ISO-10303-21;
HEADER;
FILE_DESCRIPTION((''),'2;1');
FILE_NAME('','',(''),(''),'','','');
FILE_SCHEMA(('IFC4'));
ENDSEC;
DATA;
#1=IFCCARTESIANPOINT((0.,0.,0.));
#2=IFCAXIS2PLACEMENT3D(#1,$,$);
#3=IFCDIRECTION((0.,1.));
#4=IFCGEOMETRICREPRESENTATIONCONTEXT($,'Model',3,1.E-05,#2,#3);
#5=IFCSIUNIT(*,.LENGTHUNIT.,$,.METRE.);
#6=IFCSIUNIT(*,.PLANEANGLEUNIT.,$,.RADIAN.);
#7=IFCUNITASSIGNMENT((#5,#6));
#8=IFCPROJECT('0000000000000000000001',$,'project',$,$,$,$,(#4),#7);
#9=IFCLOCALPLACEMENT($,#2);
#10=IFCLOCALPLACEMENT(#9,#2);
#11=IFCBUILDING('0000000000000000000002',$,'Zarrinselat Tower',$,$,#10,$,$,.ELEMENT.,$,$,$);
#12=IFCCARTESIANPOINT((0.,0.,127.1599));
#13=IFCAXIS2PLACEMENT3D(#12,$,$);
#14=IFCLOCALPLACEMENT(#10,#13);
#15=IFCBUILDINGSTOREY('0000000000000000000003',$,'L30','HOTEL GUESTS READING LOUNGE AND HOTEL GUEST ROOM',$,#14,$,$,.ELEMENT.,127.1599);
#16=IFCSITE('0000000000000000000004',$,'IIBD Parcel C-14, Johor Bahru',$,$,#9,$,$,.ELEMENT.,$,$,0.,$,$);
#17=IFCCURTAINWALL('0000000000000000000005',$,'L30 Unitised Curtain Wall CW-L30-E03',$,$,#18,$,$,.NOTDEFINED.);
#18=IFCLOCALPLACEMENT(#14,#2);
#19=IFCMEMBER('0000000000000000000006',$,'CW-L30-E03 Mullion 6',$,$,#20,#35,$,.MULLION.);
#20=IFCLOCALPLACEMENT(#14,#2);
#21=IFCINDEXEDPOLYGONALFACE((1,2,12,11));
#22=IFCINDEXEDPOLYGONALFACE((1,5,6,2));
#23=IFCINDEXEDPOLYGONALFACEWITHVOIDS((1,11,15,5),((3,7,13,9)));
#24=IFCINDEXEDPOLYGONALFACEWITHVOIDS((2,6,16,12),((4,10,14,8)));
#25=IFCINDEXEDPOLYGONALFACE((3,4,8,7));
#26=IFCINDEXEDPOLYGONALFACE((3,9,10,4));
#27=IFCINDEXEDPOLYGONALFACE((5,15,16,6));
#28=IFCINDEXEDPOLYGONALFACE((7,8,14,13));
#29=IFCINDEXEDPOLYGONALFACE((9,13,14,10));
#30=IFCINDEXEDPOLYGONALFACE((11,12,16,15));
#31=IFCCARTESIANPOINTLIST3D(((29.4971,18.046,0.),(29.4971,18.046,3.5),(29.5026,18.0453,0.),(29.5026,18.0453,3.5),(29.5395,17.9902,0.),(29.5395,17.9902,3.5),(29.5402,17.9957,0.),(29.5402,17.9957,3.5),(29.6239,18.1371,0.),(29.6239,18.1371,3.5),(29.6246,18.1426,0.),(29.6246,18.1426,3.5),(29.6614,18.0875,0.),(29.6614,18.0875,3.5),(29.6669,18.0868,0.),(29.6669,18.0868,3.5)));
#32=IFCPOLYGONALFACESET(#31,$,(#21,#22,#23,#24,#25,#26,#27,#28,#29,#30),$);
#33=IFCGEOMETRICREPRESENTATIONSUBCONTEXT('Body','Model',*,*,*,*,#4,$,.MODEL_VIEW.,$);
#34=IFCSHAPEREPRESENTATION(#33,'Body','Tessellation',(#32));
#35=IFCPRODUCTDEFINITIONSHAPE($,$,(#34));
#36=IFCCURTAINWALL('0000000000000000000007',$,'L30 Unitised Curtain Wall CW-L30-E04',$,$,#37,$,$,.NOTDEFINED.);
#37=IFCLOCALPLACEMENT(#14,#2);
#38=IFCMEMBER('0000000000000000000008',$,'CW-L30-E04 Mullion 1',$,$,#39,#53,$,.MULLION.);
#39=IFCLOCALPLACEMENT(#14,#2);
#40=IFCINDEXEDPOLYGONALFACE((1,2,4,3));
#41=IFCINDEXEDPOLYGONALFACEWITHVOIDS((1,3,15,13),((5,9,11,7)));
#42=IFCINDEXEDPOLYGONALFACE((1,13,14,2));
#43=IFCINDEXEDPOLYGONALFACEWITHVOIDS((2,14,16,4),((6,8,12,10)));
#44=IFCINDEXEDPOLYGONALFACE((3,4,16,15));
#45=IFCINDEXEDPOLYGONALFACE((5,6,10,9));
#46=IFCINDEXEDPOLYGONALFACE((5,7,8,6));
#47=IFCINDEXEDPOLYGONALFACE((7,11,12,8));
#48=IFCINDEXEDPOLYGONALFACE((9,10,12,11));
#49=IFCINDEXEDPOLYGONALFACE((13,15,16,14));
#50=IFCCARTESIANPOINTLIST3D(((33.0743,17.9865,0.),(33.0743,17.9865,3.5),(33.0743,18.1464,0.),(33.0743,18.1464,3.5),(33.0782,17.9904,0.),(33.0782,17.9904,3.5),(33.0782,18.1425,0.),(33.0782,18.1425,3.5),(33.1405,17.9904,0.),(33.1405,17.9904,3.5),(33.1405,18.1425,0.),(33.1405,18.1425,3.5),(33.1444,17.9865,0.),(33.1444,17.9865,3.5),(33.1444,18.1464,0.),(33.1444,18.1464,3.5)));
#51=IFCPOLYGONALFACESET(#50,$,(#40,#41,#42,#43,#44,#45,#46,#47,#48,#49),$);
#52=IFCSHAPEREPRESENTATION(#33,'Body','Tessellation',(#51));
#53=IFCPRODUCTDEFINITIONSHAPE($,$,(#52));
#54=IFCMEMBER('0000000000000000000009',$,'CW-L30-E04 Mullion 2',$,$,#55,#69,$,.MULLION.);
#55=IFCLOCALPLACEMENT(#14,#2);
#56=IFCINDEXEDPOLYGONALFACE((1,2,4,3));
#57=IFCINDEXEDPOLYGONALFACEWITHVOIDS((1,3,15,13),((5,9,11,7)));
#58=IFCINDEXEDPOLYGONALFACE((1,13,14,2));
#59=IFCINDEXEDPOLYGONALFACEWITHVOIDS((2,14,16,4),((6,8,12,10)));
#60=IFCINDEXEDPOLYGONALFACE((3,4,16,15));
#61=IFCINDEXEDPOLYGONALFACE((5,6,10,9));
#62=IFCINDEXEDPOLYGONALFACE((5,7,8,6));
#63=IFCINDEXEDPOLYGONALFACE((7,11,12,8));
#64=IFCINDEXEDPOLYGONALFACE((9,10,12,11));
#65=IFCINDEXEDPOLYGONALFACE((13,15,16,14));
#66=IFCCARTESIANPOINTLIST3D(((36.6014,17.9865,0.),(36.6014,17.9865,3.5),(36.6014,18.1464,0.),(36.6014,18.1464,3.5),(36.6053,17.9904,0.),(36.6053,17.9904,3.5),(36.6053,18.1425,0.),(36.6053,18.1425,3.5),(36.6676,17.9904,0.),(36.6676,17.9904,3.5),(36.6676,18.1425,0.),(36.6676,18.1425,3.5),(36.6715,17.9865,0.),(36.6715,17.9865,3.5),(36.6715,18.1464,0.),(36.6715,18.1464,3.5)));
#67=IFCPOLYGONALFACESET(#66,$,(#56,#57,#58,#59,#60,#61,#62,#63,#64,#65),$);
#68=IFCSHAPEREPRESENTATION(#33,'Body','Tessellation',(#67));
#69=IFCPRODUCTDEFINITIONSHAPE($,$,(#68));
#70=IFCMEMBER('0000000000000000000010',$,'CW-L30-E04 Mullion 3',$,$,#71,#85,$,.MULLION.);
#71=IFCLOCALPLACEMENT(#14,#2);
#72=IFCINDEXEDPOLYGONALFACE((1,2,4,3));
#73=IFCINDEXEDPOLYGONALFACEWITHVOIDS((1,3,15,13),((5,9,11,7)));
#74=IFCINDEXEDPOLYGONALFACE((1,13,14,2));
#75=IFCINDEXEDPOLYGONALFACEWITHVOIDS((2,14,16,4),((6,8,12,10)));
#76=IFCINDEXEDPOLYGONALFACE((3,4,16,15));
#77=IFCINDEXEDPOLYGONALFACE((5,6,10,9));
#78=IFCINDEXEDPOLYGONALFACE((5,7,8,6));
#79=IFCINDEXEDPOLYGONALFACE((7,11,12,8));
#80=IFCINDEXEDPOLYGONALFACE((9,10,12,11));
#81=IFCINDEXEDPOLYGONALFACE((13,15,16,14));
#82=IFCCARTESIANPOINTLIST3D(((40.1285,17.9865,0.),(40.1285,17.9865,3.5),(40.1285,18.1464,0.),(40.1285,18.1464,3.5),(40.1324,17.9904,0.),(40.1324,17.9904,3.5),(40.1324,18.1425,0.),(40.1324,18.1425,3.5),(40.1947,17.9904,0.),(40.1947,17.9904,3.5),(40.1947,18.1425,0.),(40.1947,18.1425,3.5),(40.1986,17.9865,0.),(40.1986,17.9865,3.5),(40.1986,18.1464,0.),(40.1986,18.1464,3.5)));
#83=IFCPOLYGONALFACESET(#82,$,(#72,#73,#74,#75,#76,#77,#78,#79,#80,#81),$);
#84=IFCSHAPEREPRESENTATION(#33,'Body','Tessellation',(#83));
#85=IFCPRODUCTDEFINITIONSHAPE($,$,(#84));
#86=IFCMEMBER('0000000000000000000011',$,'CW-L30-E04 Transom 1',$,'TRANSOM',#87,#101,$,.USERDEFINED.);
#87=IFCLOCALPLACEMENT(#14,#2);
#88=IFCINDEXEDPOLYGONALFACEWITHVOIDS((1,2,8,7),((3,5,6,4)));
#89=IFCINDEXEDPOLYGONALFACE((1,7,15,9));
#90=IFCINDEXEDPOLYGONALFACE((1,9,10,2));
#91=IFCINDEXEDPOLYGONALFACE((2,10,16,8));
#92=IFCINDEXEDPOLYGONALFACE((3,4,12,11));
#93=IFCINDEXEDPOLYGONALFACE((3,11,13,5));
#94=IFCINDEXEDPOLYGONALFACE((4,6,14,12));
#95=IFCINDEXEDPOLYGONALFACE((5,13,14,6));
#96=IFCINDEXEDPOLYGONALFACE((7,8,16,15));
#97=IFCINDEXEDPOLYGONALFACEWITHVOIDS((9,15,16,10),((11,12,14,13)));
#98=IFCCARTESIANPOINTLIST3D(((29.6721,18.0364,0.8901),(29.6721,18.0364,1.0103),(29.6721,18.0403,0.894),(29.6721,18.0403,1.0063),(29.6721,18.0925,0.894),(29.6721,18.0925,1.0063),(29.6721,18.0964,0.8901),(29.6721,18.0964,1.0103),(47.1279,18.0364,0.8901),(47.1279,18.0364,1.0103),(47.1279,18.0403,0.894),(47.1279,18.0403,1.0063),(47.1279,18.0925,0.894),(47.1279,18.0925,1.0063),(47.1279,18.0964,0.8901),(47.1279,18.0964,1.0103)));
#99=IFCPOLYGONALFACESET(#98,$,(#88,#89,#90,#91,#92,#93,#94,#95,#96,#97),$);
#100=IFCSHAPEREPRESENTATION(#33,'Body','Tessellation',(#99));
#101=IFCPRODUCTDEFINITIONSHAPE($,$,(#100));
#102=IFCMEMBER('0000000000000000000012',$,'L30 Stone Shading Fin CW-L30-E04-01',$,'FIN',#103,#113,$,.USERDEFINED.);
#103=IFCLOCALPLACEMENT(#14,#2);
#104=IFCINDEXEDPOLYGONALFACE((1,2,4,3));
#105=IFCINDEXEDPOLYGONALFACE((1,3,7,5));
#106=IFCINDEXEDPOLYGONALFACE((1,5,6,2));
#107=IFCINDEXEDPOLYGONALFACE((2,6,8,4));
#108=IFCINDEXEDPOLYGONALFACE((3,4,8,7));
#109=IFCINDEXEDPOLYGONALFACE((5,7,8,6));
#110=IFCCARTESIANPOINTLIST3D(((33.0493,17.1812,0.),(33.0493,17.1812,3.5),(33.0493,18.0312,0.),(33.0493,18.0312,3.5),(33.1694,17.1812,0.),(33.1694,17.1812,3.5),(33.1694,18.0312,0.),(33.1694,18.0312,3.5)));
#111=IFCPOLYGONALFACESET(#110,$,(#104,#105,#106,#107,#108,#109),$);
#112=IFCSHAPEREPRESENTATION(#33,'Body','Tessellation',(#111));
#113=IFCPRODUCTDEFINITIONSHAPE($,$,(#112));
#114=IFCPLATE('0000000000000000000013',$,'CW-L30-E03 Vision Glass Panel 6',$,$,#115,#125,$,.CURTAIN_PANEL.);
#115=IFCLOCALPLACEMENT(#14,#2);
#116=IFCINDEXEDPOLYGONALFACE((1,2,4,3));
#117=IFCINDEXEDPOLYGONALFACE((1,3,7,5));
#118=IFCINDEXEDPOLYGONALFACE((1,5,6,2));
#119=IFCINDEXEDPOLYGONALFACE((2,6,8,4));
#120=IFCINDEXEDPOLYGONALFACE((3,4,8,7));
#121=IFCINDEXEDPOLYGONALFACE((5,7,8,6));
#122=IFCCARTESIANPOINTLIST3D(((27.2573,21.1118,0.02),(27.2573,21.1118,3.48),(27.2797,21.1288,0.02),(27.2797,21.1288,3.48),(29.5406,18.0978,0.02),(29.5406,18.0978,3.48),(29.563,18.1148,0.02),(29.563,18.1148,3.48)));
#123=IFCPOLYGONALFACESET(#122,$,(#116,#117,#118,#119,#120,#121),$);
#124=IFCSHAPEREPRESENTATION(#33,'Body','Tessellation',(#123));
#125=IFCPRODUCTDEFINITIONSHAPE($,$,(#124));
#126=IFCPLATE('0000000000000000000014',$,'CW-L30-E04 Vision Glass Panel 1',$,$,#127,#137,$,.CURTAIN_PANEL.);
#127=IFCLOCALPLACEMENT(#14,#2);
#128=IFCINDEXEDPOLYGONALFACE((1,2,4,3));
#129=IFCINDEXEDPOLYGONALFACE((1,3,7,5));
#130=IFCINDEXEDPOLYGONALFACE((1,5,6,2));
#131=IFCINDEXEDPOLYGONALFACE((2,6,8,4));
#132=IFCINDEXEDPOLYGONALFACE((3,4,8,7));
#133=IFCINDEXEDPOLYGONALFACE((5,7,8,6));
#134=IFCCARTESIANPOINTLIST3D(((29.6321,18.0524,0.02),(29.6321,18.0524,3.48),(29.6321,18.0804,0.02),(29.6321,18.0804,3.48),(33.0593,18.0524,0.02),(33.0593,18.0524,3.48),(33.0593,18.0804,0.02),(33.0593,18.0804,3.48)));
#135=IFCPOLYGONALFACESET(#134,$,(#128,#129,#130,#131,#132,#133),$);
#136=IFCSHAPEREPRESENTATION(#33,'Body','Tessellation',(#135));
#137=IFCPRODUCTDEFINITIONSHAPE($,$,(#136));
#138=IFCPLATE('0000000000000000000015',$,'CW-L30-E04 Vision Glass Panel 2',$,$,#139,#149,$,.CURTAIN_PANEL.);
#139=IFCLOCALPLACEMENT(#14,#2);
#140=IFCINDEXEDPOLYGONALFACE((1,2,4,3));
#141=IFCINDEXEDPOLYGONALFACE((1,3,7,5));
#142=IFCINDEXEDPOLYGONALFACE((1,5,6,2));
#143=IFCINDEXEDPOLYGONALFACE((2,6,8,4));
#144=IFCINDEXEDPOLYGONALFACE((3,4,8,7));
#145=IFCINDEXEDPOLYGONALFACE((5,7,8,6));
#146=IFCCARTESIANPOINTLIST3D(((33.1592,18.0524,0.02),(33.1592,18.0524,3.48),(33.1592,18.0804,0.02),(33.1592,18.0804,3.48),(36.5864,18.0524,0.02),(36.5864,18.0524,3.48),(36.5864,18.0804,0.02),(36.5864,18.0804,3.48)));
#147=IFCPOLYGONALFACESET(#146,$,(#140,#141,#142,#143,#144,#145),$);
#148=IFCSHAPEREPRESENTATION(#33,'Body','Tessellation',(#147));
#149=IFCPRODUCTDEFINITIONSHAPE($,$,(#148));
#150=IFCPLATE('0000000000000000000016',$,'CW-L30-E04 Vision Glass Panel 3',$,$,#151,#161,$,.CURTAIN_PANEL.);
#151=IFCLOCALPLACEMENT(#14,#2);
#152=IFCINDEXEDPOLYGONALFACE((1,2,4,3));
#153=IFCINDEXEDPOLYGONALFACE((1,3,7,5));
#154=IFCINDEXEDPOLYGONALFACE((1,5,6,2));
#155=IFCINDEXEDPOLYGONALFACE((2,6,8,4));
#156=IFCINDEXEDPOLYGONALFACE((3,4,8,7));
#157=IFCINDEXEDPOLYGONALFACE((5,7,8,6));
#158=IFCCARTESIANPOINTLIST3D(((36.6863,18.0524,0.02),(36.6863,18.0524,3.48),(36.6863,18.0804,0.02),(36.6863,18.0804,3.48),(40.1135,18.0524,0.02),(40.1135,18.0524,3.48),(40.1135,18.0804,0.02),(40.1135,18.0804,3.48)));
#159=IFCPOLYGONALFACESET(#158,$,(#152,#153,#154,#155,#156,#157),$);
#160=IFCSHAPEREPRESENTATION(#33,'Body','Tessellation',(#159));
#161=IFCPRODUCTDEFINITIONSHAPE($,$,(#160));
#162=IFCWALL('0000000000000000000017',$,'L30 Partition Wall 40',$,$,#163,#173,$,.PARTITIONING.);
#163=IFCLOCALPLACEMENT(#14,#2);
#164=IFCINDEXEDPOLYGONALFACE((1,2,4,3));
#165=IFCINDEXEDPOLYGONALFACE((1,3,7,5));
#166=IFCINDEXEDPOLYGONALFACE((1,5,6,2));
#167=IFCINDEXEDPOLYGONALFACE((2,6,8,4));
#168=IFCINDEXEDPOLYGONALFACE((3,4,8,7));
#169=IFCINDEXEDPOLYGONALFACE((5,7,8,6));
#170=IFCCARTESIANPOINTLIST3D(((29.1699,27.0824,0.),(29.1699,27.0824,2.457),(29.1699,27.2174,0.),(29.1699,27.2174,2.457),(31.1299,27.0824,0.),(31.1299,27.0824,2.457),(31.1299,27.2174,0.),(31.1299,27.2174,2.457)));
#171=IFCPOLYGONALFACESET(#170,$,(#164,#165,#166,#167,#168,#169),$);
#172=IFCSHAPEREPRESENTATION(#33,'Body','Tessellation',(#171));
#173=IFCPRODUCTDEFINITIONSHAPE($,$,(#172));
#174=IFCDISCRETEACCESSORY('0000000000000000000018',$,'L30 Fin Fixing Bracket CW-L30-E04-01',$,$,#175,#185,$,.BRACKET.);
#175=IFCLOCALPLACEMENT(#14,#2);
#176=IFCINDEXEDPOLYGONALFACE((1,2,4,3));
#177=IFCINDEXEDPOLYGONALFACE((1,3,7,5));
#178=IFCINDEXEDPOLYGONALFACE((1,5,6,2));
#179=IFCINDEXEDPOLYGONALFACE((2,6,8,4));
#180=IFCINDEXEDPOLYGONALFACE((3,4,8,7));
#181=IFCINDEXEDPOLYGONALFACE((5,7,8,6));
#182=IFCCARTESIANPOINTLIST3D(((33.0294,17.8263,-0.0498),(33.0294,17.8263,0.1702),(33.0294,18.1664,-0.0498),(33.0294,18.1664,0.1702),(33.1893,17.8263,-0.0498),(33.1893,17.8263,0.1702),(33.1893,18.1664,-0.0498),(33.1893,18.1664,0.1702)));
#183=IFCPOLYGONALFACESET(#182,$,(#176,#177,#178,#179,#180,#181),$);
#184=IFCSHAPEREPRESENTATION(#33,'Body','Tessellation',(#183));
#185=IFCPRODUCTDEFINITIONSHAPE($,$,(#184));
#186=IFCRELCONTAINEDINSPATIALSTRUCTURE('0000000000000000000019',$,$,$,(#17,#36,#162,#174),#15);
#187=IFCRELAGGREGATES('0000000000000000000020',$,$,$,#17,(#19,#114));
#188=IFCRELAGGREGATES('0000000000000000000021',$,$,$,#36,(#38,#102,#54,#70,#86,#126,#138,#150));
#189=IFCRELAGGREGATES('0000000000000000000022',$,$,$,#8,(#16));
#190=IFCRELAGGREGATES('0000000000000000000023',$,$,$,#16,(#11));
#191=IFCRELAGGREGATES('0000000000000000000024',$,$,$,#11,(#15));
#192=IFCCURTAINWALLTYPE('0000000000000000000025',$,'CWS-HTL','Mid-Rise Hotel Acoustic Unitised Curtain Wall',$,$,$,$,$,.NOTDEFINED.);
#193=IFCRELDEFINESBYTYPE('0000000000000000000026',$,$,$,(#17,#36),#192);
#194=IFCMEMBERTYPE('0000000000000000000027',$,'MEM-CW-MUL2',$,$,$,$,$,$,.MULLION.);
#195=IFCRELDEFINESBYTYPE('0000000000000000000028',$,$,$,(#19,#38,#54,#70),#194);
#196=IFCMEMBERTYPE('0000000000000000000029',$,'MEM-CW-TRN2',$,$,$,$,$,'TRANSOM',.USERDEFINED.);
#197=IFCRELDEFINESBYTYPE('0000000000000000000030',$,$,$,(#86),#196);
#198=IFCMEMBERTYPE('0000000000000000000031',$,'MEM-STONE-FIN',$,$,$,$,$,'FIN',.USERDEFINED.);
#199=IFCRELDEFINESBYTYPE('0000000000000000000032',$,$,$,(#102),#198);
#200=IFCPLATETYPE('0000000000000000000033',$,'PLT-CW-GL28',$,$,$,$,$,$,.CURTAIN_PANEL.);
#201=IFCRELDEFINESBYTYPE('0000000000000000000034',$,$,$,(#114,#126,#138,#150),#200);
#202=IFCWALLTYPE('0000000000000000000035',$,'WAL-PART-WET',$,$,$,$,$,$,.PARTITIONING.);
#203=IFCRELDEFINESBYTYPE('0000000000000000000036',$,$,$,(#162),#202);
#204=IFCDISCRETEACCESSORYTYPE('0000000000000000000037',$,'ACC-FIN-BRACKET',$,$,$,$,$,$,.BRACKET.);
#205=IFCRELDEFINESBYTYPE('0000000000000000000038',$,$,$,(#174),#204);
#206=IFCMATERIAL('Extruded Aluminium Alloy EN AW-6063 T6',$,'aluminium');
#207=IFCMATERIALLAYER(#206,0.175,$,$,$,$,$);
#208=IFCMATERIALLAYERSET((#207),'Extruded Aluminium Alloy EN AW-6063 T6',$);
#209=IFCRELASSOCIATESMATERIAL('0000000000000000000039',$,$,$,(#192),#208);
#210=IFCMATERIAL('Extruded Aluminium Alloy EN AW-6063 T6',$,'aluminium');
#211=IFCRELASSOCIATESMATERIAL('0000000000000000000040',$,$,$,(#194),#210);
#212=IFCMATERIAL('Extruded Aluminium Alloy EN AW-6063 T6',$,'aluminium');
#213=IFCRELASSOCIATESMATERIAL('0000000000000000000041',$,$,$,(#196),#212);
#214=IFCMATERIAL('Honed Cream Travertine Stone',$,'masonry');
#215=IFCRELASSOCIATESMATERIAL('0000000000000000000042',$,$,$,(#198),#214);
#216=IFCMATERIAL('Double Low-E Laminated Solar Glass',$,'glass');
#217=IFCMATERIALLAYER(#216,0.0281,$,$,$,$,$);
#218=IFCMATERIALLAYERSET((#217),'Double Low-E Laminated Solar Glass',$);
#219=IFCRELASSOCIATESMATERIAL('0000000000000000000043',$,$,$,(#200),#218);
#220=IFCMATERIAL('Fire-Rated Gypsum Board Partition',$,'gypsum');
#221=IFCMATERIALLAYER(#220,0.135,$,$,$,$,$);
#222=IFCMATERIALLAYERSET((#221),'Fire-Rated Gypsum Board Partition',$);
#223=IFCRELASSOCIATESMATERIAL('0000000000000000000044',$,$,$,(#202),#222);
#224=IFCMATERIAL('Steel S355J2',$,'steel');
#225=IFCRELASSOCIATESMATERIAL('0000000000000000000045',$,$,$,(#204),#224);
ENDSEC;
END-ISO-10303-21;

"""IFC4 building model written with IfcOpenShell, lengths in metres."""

from ifc_helpers import new_model, si_unit, direction, frame, frame_2d, origin, origin_2d, place, context, subcontext, project, spatial, rectangle, hollow_rectangle, extrude, material, layer, layer_set, material_profile, profile_set, type_object, element, aggregate, save


model = new_model("IFC4")

# Units and contexts
model_context = context("Model", 3, precision=1e-05, world=origin(), true_north=direction((0.0, 1.0)))
body_context = subcontext(model_context, "Body", "Model", "MODEL_VIEW")
ifc_project = project(units=[si_unit("LENGTHUNIT", "METRE"), si_unit("PLANEANGLEUNIT", "RADIAN")], contexts=[model_context])

# Site, building, storey
site_placement = place(None, origin())
site = spatial("IfcSite", under=ifc_project, at=site_placement, Name="IIBD Parcel C-14, Johor Bahru", CompositionType="ELEMENT", RefElevation=0.0)
building_placement = place(site_placement, origin())
building = spatial("IfcBuilding", under=site, at=building_placement, Name="Zarrinselat Tower", CompositionType="ELEMENT")
storey_placement = place(building_placement, frame((0.0, 0.0, 127.1599)))
storey = spatial("IfcBuildingStorey", under=building, at=storey_placement, Name="L30", Description="HOTEL GUESTS READING LOUNGE AND HOTEL GUEST ROOM", CompositionType="ELEMENT", Elevation=127.1599)

# Curtain wall, member
ifc_material_1 = material(Name="Extruded Aluminium Alloy EN AW-6063 T6", Category="aluminium")
ifc_layer_1 = layer(ifc_material_1, 0.175)
ifc_layer_set_1 = layer_set([ifc_layer_1], Name="Extruded Aluminium Alloy EN AW-6063 T6")
curtain_wall_type = type_object("IfcCurtainWallType", Name="CWS-HTL", Description="Mid-Rise Hotel Acoustic Unitised Curtain Wall", PredefinedType="NOTDEFINED", material=ifc_layer_set_1)
curtain_wall_1_placement = place(storey_placement, origin())
curtain_wall_1 = element("IfcCurtainWall", 1, at=curtain_wall_1_placement, inside=storey, type_object=curtain_wall_type, Name="L30 Unitised Curtain Wall CW-L30-E03", PredefinedType="NOTDEFINED")
ifc_material_2 = material(Name="Extruded Aluminium Alloy EN AW-6063 T6", Category="aluminium")
ifc_material_profile_1 = material_profile(ifc_material_2, hollow_rectangle(XDim=0.0701, YDim=0.1599, WallThickness=0.0039, at=origin_2d()), Name="RHS 160x70x4")
ifc_profile_set_1 = profile_set([ifc_material_profile_1], Name="Extruded Aluminium Alloy EN AW-6063 T6")
member_type_1 = type_object("IfcMemberType", Name="MEM-CW-MUL2", PredefinedType="MULLION", material=ifc_profile_set_1)
member_1_placement = place(storey_placement, frame((29.582, 18.0664, 0.0), z_axis=(0.0, 0.0, 1.0), x_axis=(0.603858, -0.797092, 0.0)))
member_1 = element("IfcMember", 2, at=member_1_placement, type_object=member_type_1, Name="CW-L30-E03 Mullion 6", PredefinedType="MULLION", context=body_context, shape_type="SweptSolid", body=[
    extrude(hollow_rectangle(XDim=0.0701, YDim=0.1599, WallThickness=0.0039, at=origin_2d()), origin(), (0.0, 0.0, 1.0), 3.5),
])

# Curtain wall, members
curtain_wall_2_placement = place(storey_placement, origin())
curtain_wall_2 = element("IfcCurtainWall", 3, at=curtain_wall_2_placement, inside=storey, type_object=curtain_wall_type, Name="L30 Unitised Curtain Wall CW-L30-E04", PredefinedType="NOTDEFINED")
member_2_placement = place(storey_placement, frame((33.1094, 18.0664, 0.0), z_axis=(0.0, 0.0, 1.0), x_axis=(1.0, 0.0, 0.0)))
member_2 = element("IfcMember", 4, at=member_2_placement, type_object=member_type_1, Name="CW-L30-E04 Mullion 1", PredefinedType="MULLION", context=body_context, shape_type="SweptSolid", body=[
    extrude(hollow_rectangle(XDim=0.0701, YDim=0.1599, WallThickness=0.0039, at=origin_2d()), origin(), (0.0, 0.0, 1.0), 3.5),
])
member_3_placement = place(storey_placement, frame((36.6365, 18.0664, 0.0), z_axis=(0.0, 0.0, 1.0), x_axis=(1.0, 0.0, 0.0)))
member_3 = element("IfcMember", 5, at=member_3_placement, type_object=member_type_1, Name="CW-L30-E04 Mullion 2", PredefinedType="MULLION", context=body_context, shape_type="SweptSolid", body=[
    extrude(hollow_rectangle(XDim=0.0701, YDim=0.1599, WallThickness=0.0039, at=origin_2d()), origin(), (0.0, 0.0, 1.0), 3.5),
])
member_4_placement = place(storey_placement, frame((40.1636, 18.0664, 0.0), z_axis=(0.0, 0.0, 1.0), x_axis=(1.0, 0.0, 0.0)))
member_4 = element("IfcMember", 6, at=member_4_placement, type_object=member_type_1, Name="CW-L30-E04 Mullion 3", PredefinedType="MULLION", context=body_context, shape_type="SweptSolid", body=[
    extrude(hollow_rectangle(XDim=0.0701, YDim=0.1599, WallThickness=0.0039, at=origin_2d()), origin(), (0.0, 0.0, 1.0), 3.5),
])
ifc_material_3 = material(Name="Extruded Aluminium Alloy EN AW-6063 T6", Category="aluminium")
ifc_material_profile_2 = material_profile(ifc_material_3, hollow_rectangle(XDim=0.0601, YDim=0.1201, WallThickness=0.0039, at=origin_2d()), Name="RHS 120x60x4")
ifc_profile_set_2 = profile_set([ifc_material_profile_2], Name="Extruded Aluminium Alloy EN AW-6063 T6")
member_type_2 = type_object("IfcMemberType", Name="MEM-CW-TRN2", ElementType="TRANSOM", PredefinedType="USERDEFINED", material=ifc_profile_set_2)
member_5_placement = place(storey_placement, frame((29.6721, 18.0664, 0.9502), z_axis=(1.0, 0.0, 0.0), x_axis=(0.0, 1.0, 0.0)))
member_5 = element("IfcMember", 7, at=member_5_placement, type_object=member_type_2, Name="CW-L30-E04 Transom 1", ObjectType="TRANSOM", PredefinedType="USERDEFINED", context=body_context, shape_type="SweptSolid", body=[
    extrude(hollow_rectangle(XDim=0.0601, YDim=0.1201, WallThickness=0.0039, at=origin_2d()), origin(), (0.0, 0.0, 1.0), 17.4558),
])
ifc_material_4 = material(Name="Honed Cream Travertine Stone", Category="masonry")
ifc_material_profile_3 = material_profile(ifc_material_4, rectangle(XDim=0.1201, YDim=0.8501, at=origin_2d()), Name="FIN 850x120")
ifc_profile_set_3 = profile_set([ifc_material_profile_3], Name="Honed Cream Travertine Stone")
member_type_3 = type_object("IfcMemberType", Name="MEM-STONE-FIN", ElementType="FIN", PredefinedType="USERDEFINED", material=ifc_profile_set_3)
member_6_placement = place(storey_placement, frame((33.1094, 17.6062, 0.0), z_axis=(0.0, 0.0, 1.0), x_axis=(-1.0, 0.0, 0.0)))
member_6 = element("IfcMember", 8, at=member_6_placement, type_object=member_type_3, Name="L30 Stone Shading Fin CW-L30-E04-01", ObjectType="FIN", PredefinedType="USERDEFINED", context=body_context, shape_type="SweptSolid", body=[
    extrude(rectangle(XDim=0.1201, YDim=0.8501, at=origin_2d()), origin(), (0.0, 0.0, 1.0), 3.5),
])

# Plates
ifc_material_5 = material(Name="Double Low-E Laminated Solar Glass", Category="glass")
ifc_layer_2 = layer(ifc_material_5, 0.0281)
ifc_layer_set_2 = layer_set([ifc_layer_2], Name="Double Low-E Laminated Solar Glass")
plate_type = type_object("IfcPlateType", Name="PLT-CW-GL28", PredefinedType="CURTAIN_PANEL", material=ifc_layer_set_2)
plate_1_placement = place(storey_placement, frame((28.4102, 19.6133, 0.02), z_axis=(0.0, 0.0, 1.0), x_axis=(0.603858, -0.797092, 0.0)))
plate_1 = element("IfcPlate", 9, at=plate_1_placement, type_object=plate_type, Name="CW-L30-E03 Vision Glass Panel 6", PredefinedType="CURTAIN_PANEL", context=body_context, shape_type="SweptSolid", body=[
    extrude(rectangle(XDim=3.7812, YDim=0.0281, at=origin_2d()), origin(), (0.0, 0.0, 1.0), 3.46),
])
aggregate(curtain_wall_1, [member_1, plate_1])
plate_2_placement = place(storey_placement, frame((31.3457, 18.0664, 0.02), z_axis=(0.0, 0.0, 1.0), x_axis=(1.0, 0.0, 0.0)))
plate_2 = element("IfcPlate", 10, at=plate_2_placement, type_object=plate_type, Name="CW-L30-E04 Vision Glass Panel 1", PredefinedType="CURTAIN_PANEL", context=body_context, shape_type="SweptSolid", body=[
    extrude(rectangle(XDim=3.4272, YDim=0.0281, at=origin_2d()), origin(), (0.0, 0.0, 1.0), 3.46),
])
plate_3_placement = place(storey_placement, frame((34.8728, 18.0664, 0.02), z_axis=(0.0, 0.0, 1.0), x_axis=(1.0, 0.0, 0.0)))
plate_3 = element("IfcPlate", 11, at=plate_3_placement, type_object=plate_type, Name="CW-L30-E04 Vision Glass Panel 2", PredefinedType="CURTAIN_PANEL", context=body_context, shape_type="SweptSolid", body=[
    extrude(rectangle(XDim=3.4272, YDim=0.0281, at=origin_2d()), origin(), (0.0, 0.0, 1.0), 3.46),
])
plate_4_placement = place(storey_placement, frame((38.3999, 18.0664, 0.02), z_axis=(0.0, 0.0, 1.0), x_axis=(1.0, 0.0, 0.0)))
plate_4 = element("IfcPlate", 12, at=plate_4_placement, type_object=plate_type, Name="CW-L30-E04 Vision Glass Panel 3", PredefinedType="CURTAIN_PANEL", context=body_context, shape_type="SweptSolid", body=[
    extrude(rectangle(XDim=3.4272, YDim=0.0281, at=origin_2d()), origin(), (0.0, 0.0, 1.0), 3.46),
])
aggregate(curtain_wall_2, [member_2, member_6, member_3, member_4, member_5, plate_2, plate_3, plate_4])

# Wall
ifc_material_6 = material(Name="Fire-Rated Gypsum Board Partition", Category="gypsum")
ifc_layer_3 = layer(ifc_material_6, 0.135)
ifc_layer_set_3 = layer_set([ifc_layer_3], Name="Fire-Rated Gypsum Board Partition")
wall_type = type_object("IfcWallType", Name="WAL-PART-WET", PredefinedType="PARTITIONING", material=ifc_layer_set_3)
wall_placement = place(storey_placement, frame((29.1699, 27.1499, 0.0), z_axis=(0.0, 0.0, 1.0), x_axis=(1.0, 0.0, 0.0)))
element("IfcWall", 13, at=wall_placement, inside=storey, type_object=wall_type, Name="L30 Partition Wall 40", PredefinedType="PARTITIONING", context=body_context, shape_type="SweptSolid", body=[
    extrude(rectangle(XDim=1.96, YDim=0.135, at=frame_2d((0.98, 0.0))), origin(), (0.0, 0.0, 1.0), 2.457),
])

# Discrete accessory
ifc_material_7 = material(Name="Steel S355J2", Category="steel")
discrete_accessory_type = type_object("IfcDiscreteAccessoryType", Name="ACC-FIN-BRACKET", PredefinedType="BRACKET", material=ifc_material_7)
discrete_accessory_placement = place(storey_placement, frame((33.1094, 17.9963, -0.0498), z_axis=(0.0, 0.0, 1.0), x_axis=(0.0, -1.0, 0.0)))
element("IfcDiscreteAccessory", 14, at=discrete_accessory_placement, inside=storey, type_object=discrete_accessory_type, Name="L30 Fin Fixing Bracket CW-L30-E04-01", PredefinedType="BRACKET", context=body_context, shape_type="SweptSolid", body=[
    extrude(rectangle(XDim=0.3401, YDim=0.1599, at=origin_2d()), origin(), (0.0, 0.0, 1.0), 0.22),
])

save(model, "model.ifc")
